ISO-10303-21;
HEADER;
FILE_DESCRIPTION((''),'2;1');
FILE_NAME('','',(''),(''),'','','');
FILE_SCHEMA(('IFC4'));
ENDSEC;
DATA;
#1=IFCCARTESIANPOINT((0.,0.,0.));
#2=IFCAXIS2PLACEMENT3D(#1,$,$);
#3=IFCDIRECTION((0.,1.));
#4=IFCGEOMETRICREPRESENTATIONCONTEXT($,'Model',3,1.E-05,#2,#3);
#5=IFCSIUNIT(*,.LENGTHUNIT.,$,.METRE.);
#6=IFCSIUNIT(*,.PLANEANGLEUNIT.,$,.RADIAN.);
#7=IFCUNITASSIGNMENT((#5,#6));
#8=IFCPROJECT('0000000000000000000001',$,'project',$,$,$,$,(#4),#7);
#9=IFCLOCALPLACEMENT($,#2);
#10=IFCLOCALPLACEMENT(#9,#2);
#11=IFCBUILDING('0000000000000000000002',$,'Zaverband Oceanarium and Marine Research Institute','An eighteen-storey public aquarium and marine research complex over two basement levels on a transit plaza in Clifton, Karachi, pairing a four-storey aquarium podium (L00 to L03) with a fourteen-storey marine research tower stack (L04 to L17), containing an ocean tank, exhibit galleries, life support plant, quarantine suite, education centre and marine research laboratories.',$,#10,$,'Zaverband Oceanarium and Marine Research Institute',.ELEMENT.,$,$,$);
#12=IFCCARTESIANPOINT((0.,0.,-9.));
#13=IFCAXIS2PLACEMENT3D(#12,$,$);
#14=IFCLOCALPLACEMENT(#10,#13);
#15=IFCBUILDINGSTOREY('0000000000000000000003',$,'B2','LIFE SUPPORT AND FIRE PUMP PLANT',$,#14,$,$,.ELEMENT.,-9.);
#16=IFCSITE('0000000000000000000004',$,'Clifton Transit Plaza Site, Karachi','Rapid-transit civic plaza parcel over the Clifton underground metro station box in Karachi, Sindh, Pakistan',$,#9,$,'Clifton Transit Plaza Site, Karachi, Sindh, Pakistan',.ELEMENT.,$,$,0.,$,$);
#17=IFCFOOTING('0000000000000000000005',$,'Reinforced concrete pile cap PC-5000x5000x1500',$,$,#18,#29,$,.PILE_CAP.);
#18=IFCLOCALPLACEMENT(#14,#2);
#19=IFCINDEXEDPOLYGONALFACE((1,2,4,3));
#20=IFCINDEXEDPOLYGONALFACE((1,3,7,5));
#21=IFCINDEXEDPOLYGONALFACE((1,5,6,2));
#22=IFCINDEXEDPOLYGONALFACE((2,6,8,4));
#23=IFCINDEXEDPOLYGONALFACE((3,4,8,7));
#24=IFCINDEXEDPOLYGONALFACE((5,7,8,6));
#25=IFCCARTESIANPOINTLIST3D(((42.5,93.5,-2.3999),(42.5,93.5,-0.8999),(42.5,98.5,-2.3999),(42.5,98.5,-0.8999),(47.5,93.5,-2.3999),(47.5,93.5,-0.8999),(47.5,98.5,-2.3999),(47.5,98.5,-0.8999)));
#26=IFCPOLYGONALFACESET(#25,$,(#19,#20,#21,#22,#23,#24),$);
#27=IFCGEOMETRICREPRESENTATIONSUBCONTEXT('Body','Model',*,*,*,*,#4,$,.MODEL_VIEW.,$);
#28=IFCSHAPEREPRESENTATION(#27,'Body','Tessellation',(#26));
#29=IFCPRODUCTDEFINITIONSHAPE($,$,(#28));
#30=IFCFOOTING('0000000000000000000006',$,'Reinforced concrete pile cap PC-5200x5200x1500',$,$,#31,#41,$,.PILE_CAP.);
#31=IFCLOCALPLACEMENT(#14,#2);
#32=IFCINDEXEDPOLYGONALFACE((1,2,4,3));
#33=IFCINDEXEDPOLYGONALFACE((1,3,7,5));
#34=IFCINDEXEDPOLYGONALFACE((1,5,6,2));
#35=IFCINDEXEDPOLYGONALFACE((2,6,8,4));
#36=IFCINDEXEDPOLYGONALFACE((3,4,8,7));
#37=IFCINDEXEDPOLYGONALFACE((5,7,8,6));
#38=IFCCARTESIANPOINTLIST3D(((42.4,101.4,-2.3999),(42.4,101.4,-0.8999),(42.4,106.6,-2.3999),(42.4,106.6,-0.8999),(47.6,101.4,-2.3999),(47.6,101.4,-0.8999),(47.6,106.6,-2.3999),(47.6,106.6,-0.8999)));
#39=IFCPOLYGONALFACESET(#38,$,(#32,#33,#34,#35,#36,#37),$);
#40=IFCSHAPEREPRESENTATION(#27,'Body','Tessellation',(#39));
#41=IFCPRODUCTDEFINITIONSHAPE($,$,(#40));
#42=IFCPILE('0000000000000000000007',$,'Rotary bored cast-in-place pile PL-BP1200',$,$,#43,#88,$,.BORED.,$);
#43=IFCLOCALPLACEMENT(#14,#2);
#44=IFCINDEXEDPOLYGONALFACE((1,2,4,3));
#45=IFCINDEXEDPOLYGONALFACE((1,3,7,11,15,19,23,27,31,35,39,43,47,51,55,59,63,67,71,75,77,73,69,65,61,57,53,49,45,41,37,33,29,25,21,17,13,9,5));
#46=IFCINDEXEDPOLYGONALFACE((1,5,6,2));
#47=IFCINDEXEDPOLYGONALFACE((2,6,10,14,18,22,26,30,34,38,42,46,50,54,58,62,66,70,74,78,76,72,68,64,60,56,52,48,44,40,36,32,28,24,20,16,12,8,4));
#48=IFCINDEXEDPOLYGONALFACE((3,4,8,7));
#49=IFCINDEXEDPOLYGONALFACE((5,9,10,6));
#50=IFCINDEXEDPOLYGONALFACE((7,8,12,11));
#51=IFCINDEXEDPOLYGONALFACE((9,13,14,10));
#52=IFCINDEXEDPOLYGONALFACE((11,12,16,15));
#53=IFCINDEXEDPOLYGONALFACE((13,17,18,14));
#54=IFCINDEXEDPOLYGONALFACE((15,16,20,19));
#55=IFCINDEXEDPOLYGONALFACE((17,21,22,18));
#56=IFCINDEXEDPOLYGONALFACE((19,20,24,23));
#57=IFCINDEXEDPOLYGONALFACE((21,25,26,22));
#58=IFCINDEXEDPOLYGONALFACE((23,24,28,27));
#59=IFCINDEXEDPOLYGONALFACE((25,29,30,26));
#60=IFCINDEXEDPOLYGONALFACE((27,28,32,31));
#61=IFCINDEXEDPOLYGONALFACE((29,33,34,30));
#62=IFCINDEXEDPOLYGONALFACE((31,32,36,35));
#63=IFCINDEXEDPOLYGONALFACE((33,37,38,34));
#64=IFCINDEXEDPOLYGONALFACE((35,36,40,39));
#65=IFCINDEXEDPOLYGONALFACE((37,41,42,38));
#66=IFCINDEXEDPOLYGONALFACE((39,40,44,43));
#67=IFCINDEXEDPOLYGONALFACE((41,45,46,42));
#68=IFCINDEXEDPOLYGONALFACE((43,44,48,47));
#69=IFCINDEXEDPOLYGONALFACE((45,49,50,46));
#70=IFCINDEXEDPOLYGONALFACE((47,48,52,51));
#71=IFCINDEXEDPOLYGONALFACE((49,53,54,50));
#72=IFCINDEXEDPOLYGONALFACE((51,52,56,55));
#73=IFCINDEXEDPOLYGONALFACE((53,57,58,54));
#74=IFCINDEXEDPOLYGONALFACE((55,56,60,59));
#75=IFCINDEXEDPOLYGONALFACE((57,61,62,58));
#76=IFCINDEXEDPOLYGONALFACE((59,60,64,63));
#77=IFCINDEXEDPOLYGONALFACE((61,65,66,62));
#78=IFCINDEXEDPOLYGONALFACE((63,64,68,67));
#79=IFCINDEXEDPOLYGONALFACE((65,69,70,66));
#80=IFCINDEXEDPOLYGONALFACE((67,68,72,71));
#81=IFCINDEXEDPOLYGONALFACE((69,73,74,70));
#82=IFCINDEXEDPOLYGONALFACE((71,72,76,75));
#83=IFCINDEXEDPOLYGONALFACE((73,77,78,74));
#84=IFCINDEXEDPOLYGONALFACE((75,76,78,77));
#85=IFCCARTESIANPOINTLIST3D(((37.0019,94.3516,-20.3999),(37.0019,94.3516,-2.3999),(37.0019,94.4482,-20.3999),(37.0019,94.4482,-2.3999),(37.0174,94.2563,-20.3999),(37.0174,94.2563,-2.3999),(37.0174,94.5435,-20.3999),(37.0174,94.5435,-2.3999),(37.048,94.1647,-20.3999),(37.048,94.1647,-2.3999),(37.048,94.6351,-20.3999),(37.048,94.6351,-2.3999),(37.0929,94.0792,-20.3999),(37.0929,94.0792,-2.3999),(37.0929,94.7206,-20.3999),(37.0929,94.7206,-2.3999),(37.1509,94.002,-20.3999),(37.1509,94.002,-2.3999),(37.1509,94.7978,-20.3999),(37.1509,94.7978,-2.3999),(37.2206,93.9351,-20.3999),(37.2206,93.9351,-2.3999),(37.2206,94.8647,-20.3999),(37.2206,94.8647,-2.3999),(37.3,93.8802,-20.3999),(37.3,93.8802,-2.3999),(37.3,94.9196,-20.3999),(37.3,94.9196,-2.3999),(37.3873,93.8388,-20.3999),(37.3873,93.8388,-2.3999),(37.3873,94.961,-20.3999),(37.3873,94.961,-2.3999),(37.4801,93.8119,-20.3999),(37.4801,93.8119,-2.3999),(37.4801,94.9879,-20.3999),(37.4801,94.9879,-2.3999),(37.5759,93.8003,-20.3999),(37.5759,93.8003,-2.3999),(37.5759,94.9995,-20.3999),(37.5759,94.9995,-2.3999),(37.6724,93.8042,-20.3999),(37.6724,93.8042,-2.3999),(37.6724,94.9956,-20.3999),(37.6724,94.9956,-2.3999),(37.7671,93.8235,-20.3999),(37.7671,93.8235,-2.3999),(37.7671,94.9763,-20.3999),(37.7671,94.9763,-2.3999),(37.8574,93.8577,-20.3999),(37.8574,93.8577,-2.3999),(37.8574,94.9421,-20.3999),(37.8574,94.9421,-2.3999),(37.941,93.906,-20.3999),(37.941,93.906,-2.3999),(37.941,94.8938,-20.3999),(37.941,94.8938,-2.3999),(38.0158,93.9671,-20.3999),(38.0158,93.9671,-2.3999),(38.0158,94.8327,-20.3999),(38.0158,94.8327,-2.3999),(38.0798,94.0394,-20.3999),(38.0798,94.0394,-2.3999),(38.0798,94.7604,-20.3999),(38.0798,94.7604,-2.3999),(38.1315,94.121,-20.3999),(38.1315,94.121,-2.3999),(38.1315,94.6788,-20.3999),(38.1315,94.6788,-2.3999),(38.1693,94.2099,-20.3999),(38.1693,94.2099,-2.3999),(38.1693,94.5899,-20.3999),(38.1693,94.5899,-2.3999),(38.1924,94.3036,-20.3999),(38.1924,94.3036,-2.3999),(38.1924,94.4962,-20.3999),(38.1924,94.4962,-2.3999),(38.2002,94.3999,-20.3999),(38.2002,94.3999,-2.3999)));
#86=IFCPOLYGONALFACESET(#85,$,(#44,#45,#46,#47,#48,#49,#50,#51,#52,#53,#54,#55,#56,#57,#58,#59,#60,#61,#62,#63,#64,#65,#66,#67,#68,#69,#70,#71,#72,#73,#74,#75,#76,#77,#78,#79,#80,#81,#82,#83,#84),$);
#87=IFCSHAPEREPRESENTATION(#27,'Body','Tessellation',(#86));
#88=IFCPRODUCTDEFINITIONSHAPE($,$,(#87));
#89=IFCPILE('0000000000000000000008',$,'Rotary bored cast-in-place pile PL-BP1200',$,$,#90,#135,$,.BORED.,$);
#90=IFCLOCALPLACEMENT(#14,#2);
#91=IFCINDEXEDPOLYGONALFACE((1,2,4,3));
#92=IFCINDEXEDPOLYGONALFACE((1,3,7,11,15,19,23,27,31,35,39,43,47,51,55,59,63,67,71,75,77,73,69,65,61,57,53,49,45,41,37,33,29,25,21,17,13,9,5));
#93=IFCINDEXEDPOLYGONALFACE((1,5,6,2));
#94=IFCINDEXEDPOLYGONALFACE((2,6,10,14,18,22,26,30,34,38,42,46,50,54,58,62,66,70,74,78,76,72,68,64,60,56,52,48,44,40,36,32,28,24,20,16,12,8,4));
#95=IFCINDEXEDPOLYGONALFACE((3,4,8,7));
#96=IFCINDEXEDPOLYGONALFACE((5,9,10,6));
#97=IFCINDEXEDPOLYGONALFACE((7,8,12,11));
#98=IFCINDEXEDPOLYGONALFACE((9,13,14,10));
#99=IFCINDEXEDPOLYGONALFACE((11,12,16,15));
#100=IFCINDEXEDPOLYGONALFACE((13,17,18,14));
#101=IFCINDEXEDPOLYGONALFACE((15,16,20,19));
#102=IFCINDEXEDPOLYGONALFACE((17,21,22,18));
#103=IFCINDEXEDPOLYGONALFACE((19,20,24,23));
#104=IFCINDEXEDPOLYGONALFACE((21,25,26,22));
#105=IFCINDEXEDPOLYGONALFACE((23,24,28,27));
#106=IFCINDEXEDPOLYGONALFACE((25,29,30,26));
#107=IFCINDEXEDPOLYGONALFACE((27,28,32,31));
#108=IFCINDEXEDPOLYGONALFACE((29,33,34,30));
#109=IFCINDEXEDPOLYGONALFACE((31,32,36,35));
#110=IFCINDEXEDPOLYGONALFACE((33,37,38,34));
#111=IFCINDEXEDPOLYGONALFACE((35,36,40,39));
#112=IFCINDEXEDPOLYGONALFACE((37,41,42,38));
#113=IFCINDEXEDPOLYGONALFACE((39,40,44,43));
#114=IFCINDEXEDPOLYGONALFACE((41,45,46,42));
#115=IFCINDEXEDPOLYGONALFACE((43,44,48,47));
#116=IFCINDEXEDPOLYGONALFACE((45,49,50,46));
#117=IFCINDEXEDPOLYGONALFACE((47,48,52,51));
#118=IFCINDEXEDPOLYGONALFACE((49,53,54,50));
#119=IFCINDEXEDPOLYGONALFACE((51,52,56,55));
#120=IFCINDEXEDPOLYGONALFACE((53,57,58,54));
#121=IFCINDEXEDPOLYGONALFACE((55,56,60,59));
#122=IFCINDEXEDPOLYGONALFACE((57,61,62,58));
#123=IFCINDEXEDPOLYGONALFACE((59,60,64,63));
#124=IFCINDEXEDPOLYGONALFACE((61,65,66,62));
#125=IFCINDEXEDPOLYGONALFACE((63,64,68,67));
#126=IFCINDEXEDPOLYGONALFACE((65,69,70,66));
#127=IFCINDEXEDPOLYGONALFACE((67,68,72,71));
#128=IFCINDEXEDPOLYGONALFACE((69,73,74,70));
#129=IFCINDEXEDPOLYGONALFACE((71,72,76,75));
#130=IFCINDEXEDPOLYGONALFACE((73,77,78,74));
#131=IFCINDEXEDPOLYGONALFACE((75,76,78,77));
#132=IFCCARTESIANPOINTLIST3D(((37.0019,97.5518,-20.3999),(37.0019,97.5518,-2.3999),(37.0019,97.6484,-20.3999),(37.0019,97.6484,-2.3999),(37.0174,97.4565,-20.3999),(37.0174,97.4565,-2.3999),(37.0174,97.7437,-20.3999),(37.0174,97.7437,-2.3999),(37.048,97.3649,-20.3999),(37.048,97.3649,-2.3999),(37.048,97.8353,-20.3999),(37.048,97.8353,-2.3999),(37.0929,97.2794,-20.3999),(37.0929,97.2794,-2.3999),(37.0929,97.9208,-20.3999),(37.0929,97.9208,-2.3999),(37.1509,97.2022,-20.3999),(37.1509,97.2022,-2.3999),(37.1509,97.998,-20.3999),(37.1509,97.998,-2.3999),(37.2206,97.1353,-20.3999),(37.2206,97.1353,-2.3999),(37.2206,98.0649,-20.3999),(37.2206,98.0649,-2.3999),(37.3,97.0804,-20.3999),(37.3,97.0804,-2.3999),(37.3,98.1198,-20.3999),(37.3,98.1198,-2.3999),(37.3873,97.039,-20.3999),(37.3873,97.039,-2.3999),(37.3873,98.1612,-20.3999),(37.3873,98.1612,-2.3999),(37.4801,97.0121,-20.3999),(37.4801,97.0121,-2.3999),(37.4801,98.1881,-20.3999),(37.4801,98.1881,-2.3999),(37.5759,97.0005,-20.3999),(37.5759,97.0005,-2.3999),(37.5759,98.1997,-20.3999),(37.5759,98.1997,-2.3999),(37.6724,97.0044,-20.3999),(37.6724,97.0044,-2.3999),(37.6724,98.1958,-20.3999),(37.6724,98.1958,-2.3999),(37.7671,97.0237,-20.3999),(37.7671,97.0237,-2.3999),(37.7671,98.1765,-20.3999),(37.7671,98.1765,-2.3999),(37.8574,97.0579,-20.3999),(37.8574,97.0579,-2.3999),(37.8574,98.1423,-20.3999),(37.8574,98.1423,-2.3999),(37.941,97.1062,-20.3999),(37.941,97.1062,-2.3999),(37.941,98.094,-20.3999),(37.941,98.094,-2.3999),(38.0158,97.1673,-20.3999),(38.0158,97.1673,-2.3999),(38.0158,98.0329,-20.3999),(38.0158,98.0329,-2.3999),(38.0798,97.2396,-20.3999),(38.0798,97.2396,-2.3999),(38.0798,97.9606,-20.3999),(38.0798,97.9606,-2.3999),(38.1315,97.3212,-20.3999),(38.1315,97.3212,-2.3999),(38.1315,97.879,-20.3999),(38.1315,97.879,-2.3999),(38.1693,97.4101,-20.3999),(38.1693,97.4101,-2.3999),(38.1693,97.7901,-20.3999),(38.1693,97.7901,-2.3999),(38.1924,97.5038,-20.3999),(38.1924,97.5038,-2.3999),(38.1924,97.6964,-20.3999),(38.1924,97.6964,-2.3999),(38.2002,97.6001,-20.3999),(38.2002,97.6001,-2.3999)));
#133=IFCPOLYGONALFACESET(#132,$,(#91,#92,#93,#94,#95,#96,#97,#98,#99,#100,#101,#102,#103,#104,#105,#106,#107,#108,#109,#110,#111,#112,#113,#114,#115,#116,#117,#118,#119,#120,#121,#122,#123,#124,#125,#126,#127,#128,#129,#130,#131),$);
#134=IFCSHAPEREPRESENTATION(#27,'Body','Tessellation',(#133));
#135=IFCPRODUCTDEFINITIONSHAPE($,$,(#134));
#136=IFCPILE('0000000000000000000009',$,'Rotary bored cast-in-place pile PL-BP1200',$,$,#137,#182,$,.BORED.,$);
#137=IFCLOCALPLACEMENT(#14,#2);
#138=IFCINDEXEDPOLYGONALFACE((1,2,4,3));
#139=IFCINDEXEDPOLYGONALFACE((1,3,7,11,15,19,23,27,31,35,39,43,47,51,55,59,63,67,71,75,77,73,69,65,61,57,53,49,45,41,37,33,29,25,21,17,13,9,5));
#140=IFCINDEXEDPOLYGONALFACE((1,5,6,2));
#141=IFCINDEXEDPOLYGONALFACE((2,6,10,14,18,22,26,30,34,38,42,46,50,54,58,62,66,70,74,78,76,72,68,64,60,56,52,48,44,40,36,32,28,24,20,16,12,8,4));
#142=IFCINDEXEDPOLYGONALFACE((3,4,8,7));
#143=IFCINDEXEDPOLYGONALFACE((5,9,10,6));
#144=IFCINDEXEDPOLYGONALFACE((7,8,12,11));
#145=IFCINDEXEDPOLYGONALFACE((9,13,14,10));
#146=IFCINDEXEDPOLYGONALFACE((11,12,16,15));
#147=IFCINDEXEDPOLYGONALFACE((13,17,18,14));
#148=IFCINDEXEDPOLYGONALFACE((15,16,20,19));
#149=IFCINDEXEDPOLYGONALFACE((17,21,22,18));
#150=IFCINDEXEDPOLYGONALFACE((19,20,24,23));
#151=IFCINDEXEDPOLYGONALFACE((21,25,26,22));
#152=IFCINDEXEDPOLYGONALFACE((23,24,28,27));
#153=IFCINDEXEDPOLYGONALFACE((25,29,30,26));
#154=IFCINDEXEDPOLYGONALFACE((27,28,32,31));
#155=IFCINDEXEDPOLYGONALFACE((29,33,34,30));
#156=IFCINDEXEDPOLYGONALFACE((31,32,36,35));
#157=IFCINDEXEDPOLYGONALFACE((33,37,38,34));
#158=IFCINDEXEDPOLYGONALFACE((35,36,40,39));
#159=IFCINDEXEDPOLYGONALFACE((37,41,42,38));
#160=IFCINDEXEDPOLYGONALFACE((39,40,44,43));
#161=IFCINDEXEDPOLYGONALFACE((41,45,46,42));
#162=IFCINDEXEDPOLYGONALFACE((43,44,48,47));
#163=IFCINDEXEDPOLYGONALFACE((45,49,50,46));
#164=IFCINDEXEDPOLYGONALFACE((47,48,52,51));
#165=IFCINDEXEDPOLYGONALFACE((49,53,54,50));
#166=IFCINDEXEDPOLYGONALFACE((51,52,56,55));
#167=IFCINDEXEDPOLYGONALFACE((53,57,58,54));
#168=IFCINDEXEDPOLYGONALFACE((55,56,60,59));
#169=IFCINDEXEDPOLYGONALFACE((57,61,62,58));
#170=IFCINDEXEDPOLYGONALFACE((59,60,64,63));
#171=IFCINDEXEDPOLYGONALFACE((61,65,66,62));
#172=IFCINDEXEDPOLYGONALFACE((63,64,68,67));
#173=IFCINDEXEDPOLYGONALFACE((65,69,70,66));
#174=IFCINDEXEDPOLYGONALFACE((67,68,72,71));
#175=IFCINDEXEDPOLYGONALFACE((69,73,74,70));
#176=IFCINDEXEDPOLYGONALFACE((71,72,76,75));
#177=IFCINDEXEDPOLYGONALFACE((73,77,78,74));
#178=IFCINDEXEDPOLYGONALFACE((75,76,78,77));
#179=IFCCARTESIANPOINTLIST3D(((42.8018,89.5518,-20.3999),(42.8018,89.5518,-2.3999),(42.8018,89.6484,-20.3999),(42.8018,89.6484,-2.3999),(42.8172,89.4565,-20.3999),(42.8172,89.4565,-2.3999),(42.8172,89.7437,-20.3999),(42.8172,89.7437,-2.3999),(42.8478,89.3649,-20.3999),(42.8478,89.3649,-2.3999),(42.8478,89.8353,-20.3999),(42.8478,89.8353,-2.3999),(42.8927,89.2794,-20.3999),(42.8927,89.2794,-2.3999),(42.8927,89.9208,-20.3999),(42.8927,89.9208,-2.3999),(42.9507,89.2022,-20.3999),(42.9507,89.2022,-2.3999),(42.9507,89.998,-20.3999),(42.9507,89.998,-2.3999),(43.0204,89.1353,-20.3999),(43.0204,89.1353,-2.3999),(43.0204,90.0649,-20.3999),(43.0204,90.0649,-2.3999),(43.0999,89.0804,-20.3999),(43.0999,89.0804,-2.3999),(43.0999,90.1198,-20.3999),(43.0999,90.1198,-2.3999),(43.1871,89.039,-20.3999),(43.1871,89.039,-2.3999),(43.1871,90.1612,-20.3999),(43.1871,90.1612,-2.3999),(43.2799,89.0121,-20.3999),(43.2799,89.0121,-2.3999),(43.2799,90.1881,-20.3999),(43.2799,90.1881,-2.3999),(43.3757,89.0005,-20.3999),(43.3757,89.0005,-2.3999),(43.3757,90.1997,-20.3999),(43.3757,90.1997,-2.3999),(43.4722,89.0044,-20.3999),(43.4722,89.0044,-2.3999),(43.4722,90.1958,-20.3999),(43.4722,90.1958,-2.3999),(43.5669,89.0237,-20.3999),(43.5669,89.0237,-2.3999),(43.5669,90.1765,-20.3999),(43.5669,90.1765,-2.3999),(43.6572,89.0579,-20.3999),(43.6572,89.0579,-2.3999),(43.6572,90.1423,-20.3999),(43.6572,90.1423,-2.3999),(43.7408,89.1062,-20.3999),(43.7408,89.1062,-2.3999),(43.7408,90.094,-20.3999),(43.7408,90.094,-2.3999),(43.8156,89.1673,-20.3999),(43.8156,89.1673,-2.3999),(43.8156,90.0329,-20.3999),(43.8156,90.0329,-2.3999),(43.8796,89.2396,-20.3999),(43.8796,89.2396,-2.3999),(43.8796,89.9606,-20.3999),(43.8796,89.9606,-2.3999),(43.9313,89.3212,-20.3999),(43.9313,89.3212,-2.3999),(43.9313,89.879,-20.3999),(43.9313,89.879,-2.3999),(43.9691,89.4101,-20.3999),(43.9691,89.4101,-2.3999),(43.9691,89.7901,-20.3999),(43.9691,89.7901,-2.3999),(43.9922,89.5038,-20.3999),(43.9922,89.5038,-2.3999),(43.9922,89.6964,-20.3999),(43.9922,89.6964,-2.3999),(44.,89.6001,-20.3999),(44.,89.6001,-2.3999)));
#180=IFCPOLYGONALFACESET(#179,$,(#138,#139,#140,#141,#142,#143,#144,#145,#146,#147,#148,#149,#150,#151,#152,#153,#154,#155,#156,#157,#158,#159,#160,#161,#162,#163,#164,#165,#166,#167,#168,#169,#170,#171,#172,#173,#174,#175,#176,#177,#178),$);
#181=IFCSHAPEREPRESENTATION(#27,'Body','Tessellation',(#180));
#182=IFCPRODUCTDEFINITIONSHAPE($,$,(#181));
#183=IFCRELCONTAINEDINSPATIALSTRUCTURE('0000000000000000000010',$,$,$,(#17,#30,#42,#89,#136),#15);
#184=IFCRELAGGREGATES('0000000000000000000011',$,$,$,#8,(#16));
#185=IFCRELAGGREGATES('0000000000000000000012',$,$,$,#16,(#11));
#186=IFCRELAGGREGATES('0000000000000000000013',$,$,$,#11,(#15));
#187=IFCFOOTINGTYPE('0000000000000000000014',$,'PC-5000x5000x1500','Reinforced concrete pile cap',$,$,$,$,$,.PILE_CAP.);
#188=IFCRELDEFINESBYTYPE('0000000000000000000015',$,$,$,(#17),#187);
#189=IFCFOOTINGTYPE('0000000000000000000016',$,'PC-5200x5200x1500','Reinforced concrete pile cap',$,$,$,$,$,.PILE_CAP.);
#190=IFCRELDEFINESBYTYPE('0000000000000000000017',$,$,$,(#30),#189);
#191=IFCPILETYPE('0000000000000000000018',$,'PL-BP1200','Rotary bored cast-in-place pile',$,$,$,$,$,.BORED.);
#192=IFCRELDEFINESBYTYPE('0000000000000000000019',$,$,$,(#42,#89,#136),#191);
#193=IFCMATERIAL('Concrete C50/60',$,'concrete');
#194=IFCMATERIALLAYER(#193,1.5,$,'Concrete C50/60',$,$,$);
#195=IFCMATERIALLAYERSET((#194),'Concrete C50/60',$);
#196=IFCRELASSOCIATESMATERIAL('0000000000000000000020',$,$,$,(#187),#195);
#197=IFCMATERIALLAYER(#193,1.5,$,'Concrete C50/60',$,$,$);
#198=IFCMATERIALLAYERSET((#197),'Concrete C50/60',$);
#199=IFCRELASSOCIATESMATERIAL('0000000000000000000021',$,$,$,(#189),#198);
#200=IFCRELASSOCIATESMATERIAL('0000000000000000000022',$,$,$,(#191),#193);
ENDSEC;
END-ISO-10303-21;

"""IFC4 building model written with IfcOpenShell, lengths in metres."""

from ifc_helpers import new_model, si_unit, direction, frame, origin, origin_2d, place, context, subcontext, project, spatial, rectangle, circle, extrude, material, layer, layer_set, material_profile, profile_set, type_object, element, save


model = new_model("IFC4")

# Units and contexts
model_context = context("Model", 3, precision=1e-05, world=origin(), true_north=direction((0.0, 1.0)))
body_context = subcontext(model_context, "Body", "Model", "MODEL_VIEW")
ifc_project = project(units=[si_unit("LENGTHUNIT", "METRE"), si_unit("PLANEANGLEUNIT", "RADIAN")], contexts=[model_context])

# Site, building, storey
site_placement = place(None, origin())
site = spatial("IfcSite", under=ifc_project, at=site_placement, Name="Clifton Transit Plaza Site, Karachi", Description="Rapid-transit civic plaza parcel over the Clifton underground metro station box in Karachi, Sindh, Pakistan", LongName="Clifton Transit Plaza Site, Karachi, Sindh, Pakistan", CompositionType="ELEMENT", RefElevation=0.0)
building_placement = place(site_placement, origin())
building = spatial("IfcBuilding", under=site, at=building_placement, Name="Zaverband Oceanarium and Marine Research Institute", Description="An eighteen-storey public aquarium and marine research complex over two basement levels on a transit plaza in Clifton, Karachi, pairing a four-storey aquarium podium (L00 to L03) with a fourteen-storey marine research tower stack (L04 to L17), containing an ocean tank, exhibit galleries, life support plant, quarantine suite, education centre and marine research laboratories.", LongName="Zaverband Oceanarium and Marine Research Institute", CompositionType="ELEMENT")
storey_placement = place(building_placement, frame((0.0, 0.0, -9.0)))
storey = spatial("IfcBuildingStorey", under=building, at=storey_placement, Name="B2", Description="LIFE SUPPORT AND FIRE PUMP PLANT", CompositionType="ELEMENT", Elevation=-9.0)

# Footings
ifc_material_1 = material(Name="Concrete C50/60", Category="concrete")
ifc_layer_1 = layer(ifc_material_1, 1.5, Name="Concrete C50/60")
ifc_layer_set_1 = layer_set([ifc_layer_1], Name="Concrete C50/60")
footing_type_1 = type_object("IfcFootingType", Name="PC-5000x5000x1500", Description="Reinforced concrete pile cap", PredefinedType="PILE_CAP", material=ifc_layer_set_1)
footing_1_placement = place(storey_placement, frame((45.0, 96.0, -2.3999), z_axis=(0.0, 0.0, 1.0), x_axis=(1.0, 0.0, 0.0)))
element("IfcFooting", 1, at=footing_1_placement, inside=storey, type_object=footing_type_1, Name="Reinforced concrete pile cap PC-5000x5000x1500", PredefinedType="PILE_CAP", context=body_context, shape_type="SweptSolid", body=[
    extrude(rectangle(XDim=5.0, YDim=5.0, at=origin_2d()), origin(), (0.0, 0.0, 1.0), 1.5),
])
ifc_layer_2 = layer(ifc_material_1, 1.5, Name="Concrete C50/60")
ifc_layer_set_2 = layer_set([ifc_layer_2], Name="Concrete C50/60")
footing_type_2 = type_object("IfcFootingType", Name="PC-5200x5200x1500", Description="Reinforced concrete pile cap", PredefinedType="PILE_CAP", material=ifc_layer_set_2)
footing_2_placement = place(storey_placement, frame((45.0, 104.0, -2.3999), z_axis=(0.0, 0.0, 1.0), x_axis=(1.0, 0.0, 0.0)))
element("IfcFooting", 2, at=footing_2_placement, inside=storey, type_object=footing_type_2, Name="Reinforced concrete pile cap PC-5200x5200x1500", PredefinedType="PILE_CAP", context=body_context, shape_type="SweptSolid", body=[
    extrude(rectangle(XDim=5.2, YDim=5.2, at=origin_2d()), origin(), (0.0, 0.0, 1.0), 1.5),
])

# Piles
ifc_material_profile_1 = material_profile(ifc_material_1, circle(Radius=0.6001, at=origin_2d()), Name="BP1200")
ifc_profile_set_1 = profile_set([ifc_material_profile_1], Name="Concrete C50/60")
pile_type = type_object("IfcPileType", Name="PL-BP1200", Description="Rotary bored cast-in-place pile", PredefinedType="BORED", material=ifc_profile_set_1)
for number, where, z_axis, x_axis, name in (
    (3, (37.6001, 94.3999, -2.3999), (0.0, 0.0, -1.0), (1.0, 0.0, 0.0), "Rotary bored cast-in-place pile PL-BP1200"),
    (4, (37.6001, 97.6001, -2.3999), (0.0, 0.0, -1.0), (1.0, 0.0, 0.0), "Rotary bored cast-in-place pile PL-BP1200"),
    (5, (43.3999, 89.6001, -2.3999), (0.0, 0.0, -1.0), (1.0, 0.0, 0.0), "Rotary bored cast-in-place pile PL-BP1200"),
):
    element("IfcPile", number, at=place(storey_placement, frame(where, z_axis=z_axis, x_axis=x_axis)), inside=storey, type_object=pile_type, Name=name, PredefinedType="BORED", context=body_context, shape_type="SweptSolid", body=[
        extrude(circle(Radius=0.6001, at=origin_2d()), origin(), (0.0, 0.0, 1.0), 18.0),
    ])

save(model, "model.ifc")
